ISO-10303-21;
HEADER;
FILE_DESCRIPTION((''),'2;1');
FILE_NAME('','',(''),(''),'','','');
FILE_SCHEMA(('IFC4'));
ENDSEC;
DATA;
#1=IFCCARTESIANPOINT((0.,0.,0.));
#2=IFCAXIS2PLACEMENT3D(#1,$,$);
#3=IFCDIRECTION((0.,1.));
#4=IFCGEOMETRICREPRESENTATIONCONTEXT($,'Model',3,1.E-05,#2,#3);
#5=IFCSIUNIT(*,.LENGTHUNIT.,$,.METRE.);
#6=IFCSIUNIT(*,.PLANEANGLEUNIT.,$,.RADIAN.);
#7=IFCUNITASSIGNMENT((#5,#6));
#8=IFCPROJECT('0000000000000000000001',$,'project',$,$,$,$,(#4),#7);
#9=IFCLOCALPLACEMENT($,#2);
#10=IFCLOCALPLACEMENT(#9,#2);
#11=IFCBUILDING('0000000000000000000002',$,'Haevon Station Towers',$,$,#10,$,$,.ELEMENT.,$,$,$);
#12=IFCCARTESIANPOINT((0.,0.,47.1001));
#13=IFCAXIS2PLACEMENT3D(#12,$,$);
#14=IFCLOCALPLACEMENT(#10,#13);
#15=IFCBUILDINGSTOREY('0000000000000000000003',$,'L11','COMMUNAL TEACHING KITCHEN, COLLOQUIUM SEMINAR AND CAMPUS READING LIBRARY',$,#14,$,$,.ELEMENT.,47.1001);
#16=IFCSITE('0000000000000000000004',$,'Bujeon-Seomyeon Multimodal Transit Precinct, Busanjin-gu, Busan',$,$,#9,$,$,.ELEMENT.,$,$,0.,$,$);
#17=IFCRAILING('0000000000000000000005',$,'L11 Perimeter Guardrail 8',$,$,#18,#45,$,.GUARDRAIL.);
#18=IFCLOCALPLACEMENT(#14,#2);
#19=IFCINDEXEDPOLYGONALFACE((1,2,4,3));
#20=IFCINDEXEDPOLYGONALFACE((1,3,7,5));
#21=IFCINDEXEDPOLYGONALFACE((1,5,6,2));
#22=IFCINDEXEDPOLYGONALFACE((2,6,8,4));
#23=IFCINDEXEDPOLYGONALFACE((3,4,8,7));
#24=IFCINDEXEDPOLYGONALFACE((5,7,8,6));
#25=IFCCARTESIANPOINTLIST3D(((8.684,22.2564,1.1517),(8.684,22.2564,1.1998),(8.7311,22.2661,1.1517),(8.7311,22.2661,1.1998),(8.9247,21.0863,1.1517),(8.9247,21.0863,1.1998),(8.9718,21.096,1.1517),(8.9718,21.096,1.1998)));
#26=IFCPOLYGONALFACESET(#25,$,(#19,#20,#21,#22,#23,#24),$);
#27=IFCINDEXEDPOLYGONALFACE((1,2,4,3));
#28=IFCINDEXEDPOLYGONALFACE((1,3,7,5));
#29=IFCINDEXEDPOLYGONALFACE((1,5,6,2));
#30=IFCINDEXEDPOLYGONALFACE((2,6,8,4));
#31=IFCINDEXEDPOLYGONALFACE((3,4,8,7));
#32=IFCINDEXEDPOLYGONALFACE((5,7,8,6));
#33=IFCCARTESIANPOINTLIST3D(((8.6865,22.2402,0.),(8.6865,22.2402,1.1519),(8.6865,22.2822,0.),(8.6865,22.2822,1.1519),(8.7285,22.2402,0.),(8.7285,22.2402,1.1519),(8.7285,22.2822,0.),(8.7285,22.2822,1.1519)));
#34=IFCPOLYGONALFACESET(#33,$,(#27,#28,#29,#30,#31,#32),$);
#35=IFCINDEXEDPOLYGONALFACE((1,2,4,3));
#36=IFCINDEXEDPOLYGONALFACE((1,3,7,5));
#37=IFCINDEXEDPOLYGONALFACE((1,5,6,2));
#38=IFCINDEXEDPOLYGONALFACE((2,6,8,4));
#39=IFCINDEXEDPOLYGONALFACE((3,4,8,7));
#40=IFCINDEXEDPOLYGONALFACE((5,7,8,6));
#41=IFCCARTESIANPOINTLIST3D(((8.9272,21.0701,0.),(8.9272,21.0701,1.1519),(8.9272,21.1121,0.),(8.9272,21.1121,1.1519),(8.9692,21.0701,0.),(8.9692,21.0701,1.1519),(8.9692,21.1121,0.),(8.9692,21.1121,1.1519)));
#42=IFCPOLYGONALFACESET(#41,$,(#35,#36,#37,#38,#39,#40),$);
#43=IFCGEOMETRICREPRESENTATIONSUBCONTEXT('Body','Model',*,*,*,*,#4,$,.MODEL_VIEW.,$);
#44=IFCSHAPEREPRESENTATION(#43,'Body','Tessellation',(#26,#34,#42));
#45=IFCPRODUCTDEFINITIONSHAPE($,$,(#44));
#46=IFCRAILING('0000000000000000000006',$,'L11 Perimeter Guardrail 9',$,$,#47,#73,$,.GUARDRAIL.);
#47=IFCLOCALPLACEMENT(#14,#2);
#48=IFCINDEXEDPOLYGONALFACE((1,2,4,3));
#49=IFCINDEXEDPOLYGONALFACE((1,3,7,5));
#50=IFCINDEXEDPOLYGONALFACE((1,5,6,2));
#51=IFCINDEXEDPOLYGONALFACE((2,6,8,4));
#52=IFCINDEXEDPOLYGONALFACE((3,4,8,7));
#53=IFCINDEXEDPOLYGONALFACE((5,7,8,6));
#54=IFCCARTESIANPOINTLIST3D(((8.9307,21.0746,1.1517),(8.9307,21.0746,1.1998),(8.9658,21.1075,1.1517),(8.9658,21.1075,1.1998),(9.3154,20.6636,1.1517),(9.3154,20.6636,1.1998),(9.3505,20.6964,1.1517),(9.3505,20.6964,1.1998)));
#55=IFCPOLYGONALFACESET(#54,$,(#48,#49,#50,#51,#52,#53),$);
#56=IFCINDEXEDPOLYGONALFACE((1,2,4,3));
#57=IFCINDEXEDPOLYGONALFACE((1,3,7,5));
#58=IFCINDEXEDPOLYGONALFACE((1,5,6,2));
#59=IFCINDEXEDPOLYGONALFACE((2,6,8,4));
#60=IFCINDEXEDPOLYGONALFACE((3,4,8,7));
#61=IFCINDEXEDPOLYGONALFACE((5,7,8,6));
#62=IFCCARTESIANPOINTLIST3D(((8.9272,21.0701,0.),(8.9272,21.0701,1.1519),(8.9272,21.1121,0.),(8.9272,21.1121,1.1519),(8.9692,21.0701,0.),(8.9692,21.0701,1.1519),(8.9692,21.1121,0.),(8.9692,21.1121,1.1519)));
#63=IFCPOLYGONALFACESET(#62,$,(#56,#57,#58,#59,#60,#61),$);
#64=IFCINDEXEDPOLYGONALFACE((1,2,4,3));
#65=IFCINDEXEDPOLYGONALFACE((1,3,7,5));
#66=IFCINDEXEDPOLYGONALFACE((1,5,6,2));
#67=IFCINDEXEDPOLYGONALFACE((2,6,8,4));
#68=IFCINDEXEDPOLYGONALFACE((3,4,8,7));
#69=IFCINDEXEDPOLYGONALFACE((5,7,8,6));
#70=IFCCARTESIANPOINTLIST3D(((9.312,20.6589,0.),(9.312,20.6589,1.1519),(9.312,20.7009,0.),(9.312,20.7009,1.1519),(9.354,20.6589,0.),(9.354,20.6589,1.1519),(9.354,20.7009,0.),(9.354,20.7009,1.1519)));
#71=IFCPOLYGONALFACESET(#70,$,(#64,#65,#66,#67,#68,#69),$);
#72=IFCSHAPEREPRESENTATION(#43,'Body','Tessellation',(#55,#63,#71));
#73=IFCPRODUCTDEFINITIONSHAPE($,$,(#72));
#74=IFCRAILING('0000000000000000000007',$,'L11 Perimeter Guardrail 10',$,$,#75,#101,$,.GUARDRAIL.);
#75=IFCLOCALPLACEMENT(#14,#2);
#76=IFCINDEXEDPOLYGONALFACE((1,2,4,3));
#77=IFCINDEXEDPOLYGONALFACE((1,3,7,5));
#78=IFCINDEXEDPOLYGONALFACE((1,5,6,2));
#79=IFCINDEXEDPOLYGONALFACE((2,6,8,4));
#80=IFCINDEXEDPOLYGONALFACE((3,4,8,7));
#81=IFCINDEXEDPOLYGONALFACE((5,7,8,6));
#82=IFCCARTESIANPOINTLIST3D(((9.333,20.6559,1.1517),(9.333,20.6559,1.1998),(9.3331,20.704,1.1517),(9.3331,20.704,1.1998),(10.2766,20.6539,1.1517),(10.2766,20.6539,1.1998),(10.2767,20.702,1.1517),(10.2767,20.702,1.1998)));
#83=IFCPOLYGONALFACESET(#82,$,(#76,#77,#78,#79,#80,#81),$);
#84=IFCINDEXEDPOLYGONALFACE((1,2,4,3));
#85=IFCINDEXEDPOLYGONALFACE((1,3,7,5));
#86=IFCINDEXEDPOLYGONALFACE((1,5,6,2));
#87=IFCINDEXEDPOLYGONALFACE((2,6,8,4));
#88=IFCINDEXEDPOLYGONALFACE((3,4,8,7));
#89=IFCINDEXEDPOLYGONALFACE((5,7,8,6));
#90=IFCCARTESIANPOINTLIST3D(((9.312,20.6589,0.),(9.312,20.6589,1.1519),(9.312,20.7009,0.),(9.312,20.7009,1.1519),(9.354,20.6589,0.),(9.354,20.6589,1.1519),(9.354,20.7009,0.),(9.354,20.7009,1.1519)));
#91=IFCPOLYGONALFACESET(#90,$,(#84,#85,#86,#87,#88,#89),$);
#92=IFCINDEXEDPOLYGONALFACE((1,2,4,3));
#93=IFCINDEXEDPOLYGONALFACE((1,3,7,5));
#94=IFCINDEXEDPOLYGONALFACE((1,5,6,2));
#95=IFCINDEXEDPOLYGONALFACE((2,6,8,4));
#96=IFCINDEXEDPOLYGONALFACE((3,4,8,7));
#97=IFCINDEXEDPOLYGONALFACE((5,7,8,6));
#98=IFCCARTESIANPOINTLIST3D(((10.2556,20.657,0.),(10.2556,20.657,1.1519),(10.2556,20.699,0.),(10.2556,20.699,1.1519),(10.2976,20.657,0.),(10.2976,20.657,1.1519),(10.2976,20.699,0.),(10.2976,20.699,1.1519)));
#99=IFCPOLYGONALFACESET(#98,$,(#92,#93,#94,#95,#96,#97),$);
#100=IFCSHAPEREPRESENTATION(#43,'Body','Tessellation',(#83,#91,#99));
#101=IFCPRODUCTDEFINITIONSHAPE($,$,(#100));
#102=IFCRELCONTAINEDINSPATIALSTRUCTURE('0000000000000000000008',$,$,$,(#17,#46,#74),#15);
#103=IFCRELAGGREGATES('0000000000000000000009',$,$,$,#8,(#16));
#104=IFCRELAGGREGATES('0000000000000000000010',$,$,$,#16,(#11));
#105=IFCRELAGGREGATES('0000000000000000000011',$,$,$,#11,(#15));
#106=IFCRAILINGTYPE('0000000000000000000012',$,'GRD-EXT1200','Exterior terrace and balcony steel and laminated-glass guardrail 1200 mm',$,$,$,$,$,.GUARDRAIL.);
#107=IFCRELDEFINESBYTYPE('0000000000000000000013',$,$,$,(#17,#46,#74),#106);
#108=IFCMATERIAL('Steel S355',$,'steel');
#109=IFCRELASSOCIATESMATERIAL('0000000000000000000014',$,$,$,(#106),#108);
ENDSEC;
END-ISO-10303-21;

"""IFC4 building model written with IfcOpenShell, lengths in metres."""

from ifc_helpers import new_model, si_unit, direction, frame, origin, origin_2d, place, context, subcontext, project, spatial, rectangle, extrude, material, type_object, element, save


model = new_model("IFC4")

# Units and contexts
model_context = context("Model", 3, precision=1e-05, world=origin(), true_north=direction((0.0, 1.0)))
body_context = subcontext(model_context, "Body", "Model", "MODEL_VIEW")
ifc_project = project(units=[si_unit("LENGTHUNIT", "METRE"), si_unit("PLANEANGLEUNIT", "RADIAN")], contexts=[model_context])

# Site, building, storey
site_placement = place(None, origin())
site = spatial("IfcSite", under=ifc_project, at=site_placement, Name="Bujeon-Seomyeon Multimodal Transit Precinct, Busanjin-gu, Busan", CompositionType="ELEMENT", RefElevation=0.0)
building_placement = place(site_placement, origin())
building = spatial("IfcBuilding", under=site, at=building_placement, Name="Haevon Station Towers", CompositionType="ELEMENT")
storey_placement = place(building_placement, frame((0.0, 0.0, 47.1001)))
storey = spatial("IfcBuildingStorey", under=building, at=storey_placement, Name="L11", Description="COMMUNAL TEACHING KITCHEN, COLLOQUIUM SEMINAR AND CAMPUS READING LIBRARY", CompositionType="ELEMENT", Elevation=47.1001)

# Shared definitions
ifc_material_1 = material(Name="Steel S355", Category="steel")

# Railings
railing_type = type_object("IfcRailingType", Name="GRD-EXT1200", Description="Exterior terrace and balcony steel and laminated-glass guardrail 1200 mm", PredefinedType="GUARDRAIL", material=ifc_material_1)
railing_1_placement = place(storey_placement, frame((8.7075, 22.2612, 0.0)))
element("IfcRailing", 1, at=railing_1_placement, inside=storey, type_object=railing_type, Name="L11 Perimeter Guardrail 8", PredefinedType="GUARDRAIL", context=body_context, shape_type="SweptSolid", body=[
    extrude(rectangle(XDim=0.0481, YDim=0.0481, at=origin_2d()), frame((0.0, 0.0, 1.1758), z_axis=(0.201497, -0.979489, 0.0), x_axis=(0.979489, 0.201497, 0.0)), (0.0, 0.0, 1.0), 1.1946),
    extrude(rectangle(XDim=0.042, YDim=0.042, at=origin_2d()), origin(), (0.0, 0.0, 1.0), 1.1519),
    extrude(rectangle(XDim=0.042, YDim=0.042, at=origin_2d()), frame((0.2407, -1.1702, 0.0)), (0.0, 0.0, 1.0), 1.1519),
])
railing_2_placement = place(storey_placement, frame((8.9482, 21.0911, 0.0)))
element("IfcRailing", 2, at=railing_2_placement, inside=storey, type_object=railing_type, Name="L11 Perimeter Guardrail 9", PredefinedType="GUARDRAIL", context=body_context, shape_type="SweptSolid", body=[
    extrude(rectangle(XDim=0.0481, YDim=0.0481, at=origin_2d()), frame((0.0, 0.0, 1.1758), z_axis=(0.683306, -0.730132, 0.0), x_axis=(0.730132, 0.683306, 0.0)), (0.0, 0.0, 1.0), 0.563),
    extrude(rectangle(XDim=0.042, YDim=0.042, at=origin_2d()), origin(), (0.0, 0.0, 1.0), 1.1519),
    extrude(rectangle(XDim=0.042, YDim=0.042, at=origin_2d()), frame((0.3848, -0.4111, 0.0)), (0.0, 0.0, 1.0), 1.1519),
])
railing_3_placement = place(storey_placement, frame((9.333, 20.6799, 0.0)))
element("IfcRailing", 3, at=railing_3_placement, inside=storey, type_object=railing_type, Name="L11 Perimeter Guardrail 10", PredefinedType="GUARDRAIL", context=body_context, shape_type="SweptSolid", body=[
    extrude(rectangle(XDim=0.0481, YDim=0.0481, at=origin_2d()), frame((0.0, 0.0, 1.1758), z_axis=(0.999998, -0.00207, 0.0), x_axis=(0.00207, 0.999998, 0.0)), (0.0, 0.0, 1.0), 0.9436),
    extrude(rectangle(XDim=0.042, YDim=0.042, at=origin_2d()), origin(), (0.0, 0.0, 1.0), 1.1519),
    extrude(rectangle(XDim=0.042, YDim=0.042, at=origin_2d()), frame((0.9436, -0.002, 0.0)), (0.0, 0.0, 1.0), 1.1519),
])

save(model, "model.ifc")
